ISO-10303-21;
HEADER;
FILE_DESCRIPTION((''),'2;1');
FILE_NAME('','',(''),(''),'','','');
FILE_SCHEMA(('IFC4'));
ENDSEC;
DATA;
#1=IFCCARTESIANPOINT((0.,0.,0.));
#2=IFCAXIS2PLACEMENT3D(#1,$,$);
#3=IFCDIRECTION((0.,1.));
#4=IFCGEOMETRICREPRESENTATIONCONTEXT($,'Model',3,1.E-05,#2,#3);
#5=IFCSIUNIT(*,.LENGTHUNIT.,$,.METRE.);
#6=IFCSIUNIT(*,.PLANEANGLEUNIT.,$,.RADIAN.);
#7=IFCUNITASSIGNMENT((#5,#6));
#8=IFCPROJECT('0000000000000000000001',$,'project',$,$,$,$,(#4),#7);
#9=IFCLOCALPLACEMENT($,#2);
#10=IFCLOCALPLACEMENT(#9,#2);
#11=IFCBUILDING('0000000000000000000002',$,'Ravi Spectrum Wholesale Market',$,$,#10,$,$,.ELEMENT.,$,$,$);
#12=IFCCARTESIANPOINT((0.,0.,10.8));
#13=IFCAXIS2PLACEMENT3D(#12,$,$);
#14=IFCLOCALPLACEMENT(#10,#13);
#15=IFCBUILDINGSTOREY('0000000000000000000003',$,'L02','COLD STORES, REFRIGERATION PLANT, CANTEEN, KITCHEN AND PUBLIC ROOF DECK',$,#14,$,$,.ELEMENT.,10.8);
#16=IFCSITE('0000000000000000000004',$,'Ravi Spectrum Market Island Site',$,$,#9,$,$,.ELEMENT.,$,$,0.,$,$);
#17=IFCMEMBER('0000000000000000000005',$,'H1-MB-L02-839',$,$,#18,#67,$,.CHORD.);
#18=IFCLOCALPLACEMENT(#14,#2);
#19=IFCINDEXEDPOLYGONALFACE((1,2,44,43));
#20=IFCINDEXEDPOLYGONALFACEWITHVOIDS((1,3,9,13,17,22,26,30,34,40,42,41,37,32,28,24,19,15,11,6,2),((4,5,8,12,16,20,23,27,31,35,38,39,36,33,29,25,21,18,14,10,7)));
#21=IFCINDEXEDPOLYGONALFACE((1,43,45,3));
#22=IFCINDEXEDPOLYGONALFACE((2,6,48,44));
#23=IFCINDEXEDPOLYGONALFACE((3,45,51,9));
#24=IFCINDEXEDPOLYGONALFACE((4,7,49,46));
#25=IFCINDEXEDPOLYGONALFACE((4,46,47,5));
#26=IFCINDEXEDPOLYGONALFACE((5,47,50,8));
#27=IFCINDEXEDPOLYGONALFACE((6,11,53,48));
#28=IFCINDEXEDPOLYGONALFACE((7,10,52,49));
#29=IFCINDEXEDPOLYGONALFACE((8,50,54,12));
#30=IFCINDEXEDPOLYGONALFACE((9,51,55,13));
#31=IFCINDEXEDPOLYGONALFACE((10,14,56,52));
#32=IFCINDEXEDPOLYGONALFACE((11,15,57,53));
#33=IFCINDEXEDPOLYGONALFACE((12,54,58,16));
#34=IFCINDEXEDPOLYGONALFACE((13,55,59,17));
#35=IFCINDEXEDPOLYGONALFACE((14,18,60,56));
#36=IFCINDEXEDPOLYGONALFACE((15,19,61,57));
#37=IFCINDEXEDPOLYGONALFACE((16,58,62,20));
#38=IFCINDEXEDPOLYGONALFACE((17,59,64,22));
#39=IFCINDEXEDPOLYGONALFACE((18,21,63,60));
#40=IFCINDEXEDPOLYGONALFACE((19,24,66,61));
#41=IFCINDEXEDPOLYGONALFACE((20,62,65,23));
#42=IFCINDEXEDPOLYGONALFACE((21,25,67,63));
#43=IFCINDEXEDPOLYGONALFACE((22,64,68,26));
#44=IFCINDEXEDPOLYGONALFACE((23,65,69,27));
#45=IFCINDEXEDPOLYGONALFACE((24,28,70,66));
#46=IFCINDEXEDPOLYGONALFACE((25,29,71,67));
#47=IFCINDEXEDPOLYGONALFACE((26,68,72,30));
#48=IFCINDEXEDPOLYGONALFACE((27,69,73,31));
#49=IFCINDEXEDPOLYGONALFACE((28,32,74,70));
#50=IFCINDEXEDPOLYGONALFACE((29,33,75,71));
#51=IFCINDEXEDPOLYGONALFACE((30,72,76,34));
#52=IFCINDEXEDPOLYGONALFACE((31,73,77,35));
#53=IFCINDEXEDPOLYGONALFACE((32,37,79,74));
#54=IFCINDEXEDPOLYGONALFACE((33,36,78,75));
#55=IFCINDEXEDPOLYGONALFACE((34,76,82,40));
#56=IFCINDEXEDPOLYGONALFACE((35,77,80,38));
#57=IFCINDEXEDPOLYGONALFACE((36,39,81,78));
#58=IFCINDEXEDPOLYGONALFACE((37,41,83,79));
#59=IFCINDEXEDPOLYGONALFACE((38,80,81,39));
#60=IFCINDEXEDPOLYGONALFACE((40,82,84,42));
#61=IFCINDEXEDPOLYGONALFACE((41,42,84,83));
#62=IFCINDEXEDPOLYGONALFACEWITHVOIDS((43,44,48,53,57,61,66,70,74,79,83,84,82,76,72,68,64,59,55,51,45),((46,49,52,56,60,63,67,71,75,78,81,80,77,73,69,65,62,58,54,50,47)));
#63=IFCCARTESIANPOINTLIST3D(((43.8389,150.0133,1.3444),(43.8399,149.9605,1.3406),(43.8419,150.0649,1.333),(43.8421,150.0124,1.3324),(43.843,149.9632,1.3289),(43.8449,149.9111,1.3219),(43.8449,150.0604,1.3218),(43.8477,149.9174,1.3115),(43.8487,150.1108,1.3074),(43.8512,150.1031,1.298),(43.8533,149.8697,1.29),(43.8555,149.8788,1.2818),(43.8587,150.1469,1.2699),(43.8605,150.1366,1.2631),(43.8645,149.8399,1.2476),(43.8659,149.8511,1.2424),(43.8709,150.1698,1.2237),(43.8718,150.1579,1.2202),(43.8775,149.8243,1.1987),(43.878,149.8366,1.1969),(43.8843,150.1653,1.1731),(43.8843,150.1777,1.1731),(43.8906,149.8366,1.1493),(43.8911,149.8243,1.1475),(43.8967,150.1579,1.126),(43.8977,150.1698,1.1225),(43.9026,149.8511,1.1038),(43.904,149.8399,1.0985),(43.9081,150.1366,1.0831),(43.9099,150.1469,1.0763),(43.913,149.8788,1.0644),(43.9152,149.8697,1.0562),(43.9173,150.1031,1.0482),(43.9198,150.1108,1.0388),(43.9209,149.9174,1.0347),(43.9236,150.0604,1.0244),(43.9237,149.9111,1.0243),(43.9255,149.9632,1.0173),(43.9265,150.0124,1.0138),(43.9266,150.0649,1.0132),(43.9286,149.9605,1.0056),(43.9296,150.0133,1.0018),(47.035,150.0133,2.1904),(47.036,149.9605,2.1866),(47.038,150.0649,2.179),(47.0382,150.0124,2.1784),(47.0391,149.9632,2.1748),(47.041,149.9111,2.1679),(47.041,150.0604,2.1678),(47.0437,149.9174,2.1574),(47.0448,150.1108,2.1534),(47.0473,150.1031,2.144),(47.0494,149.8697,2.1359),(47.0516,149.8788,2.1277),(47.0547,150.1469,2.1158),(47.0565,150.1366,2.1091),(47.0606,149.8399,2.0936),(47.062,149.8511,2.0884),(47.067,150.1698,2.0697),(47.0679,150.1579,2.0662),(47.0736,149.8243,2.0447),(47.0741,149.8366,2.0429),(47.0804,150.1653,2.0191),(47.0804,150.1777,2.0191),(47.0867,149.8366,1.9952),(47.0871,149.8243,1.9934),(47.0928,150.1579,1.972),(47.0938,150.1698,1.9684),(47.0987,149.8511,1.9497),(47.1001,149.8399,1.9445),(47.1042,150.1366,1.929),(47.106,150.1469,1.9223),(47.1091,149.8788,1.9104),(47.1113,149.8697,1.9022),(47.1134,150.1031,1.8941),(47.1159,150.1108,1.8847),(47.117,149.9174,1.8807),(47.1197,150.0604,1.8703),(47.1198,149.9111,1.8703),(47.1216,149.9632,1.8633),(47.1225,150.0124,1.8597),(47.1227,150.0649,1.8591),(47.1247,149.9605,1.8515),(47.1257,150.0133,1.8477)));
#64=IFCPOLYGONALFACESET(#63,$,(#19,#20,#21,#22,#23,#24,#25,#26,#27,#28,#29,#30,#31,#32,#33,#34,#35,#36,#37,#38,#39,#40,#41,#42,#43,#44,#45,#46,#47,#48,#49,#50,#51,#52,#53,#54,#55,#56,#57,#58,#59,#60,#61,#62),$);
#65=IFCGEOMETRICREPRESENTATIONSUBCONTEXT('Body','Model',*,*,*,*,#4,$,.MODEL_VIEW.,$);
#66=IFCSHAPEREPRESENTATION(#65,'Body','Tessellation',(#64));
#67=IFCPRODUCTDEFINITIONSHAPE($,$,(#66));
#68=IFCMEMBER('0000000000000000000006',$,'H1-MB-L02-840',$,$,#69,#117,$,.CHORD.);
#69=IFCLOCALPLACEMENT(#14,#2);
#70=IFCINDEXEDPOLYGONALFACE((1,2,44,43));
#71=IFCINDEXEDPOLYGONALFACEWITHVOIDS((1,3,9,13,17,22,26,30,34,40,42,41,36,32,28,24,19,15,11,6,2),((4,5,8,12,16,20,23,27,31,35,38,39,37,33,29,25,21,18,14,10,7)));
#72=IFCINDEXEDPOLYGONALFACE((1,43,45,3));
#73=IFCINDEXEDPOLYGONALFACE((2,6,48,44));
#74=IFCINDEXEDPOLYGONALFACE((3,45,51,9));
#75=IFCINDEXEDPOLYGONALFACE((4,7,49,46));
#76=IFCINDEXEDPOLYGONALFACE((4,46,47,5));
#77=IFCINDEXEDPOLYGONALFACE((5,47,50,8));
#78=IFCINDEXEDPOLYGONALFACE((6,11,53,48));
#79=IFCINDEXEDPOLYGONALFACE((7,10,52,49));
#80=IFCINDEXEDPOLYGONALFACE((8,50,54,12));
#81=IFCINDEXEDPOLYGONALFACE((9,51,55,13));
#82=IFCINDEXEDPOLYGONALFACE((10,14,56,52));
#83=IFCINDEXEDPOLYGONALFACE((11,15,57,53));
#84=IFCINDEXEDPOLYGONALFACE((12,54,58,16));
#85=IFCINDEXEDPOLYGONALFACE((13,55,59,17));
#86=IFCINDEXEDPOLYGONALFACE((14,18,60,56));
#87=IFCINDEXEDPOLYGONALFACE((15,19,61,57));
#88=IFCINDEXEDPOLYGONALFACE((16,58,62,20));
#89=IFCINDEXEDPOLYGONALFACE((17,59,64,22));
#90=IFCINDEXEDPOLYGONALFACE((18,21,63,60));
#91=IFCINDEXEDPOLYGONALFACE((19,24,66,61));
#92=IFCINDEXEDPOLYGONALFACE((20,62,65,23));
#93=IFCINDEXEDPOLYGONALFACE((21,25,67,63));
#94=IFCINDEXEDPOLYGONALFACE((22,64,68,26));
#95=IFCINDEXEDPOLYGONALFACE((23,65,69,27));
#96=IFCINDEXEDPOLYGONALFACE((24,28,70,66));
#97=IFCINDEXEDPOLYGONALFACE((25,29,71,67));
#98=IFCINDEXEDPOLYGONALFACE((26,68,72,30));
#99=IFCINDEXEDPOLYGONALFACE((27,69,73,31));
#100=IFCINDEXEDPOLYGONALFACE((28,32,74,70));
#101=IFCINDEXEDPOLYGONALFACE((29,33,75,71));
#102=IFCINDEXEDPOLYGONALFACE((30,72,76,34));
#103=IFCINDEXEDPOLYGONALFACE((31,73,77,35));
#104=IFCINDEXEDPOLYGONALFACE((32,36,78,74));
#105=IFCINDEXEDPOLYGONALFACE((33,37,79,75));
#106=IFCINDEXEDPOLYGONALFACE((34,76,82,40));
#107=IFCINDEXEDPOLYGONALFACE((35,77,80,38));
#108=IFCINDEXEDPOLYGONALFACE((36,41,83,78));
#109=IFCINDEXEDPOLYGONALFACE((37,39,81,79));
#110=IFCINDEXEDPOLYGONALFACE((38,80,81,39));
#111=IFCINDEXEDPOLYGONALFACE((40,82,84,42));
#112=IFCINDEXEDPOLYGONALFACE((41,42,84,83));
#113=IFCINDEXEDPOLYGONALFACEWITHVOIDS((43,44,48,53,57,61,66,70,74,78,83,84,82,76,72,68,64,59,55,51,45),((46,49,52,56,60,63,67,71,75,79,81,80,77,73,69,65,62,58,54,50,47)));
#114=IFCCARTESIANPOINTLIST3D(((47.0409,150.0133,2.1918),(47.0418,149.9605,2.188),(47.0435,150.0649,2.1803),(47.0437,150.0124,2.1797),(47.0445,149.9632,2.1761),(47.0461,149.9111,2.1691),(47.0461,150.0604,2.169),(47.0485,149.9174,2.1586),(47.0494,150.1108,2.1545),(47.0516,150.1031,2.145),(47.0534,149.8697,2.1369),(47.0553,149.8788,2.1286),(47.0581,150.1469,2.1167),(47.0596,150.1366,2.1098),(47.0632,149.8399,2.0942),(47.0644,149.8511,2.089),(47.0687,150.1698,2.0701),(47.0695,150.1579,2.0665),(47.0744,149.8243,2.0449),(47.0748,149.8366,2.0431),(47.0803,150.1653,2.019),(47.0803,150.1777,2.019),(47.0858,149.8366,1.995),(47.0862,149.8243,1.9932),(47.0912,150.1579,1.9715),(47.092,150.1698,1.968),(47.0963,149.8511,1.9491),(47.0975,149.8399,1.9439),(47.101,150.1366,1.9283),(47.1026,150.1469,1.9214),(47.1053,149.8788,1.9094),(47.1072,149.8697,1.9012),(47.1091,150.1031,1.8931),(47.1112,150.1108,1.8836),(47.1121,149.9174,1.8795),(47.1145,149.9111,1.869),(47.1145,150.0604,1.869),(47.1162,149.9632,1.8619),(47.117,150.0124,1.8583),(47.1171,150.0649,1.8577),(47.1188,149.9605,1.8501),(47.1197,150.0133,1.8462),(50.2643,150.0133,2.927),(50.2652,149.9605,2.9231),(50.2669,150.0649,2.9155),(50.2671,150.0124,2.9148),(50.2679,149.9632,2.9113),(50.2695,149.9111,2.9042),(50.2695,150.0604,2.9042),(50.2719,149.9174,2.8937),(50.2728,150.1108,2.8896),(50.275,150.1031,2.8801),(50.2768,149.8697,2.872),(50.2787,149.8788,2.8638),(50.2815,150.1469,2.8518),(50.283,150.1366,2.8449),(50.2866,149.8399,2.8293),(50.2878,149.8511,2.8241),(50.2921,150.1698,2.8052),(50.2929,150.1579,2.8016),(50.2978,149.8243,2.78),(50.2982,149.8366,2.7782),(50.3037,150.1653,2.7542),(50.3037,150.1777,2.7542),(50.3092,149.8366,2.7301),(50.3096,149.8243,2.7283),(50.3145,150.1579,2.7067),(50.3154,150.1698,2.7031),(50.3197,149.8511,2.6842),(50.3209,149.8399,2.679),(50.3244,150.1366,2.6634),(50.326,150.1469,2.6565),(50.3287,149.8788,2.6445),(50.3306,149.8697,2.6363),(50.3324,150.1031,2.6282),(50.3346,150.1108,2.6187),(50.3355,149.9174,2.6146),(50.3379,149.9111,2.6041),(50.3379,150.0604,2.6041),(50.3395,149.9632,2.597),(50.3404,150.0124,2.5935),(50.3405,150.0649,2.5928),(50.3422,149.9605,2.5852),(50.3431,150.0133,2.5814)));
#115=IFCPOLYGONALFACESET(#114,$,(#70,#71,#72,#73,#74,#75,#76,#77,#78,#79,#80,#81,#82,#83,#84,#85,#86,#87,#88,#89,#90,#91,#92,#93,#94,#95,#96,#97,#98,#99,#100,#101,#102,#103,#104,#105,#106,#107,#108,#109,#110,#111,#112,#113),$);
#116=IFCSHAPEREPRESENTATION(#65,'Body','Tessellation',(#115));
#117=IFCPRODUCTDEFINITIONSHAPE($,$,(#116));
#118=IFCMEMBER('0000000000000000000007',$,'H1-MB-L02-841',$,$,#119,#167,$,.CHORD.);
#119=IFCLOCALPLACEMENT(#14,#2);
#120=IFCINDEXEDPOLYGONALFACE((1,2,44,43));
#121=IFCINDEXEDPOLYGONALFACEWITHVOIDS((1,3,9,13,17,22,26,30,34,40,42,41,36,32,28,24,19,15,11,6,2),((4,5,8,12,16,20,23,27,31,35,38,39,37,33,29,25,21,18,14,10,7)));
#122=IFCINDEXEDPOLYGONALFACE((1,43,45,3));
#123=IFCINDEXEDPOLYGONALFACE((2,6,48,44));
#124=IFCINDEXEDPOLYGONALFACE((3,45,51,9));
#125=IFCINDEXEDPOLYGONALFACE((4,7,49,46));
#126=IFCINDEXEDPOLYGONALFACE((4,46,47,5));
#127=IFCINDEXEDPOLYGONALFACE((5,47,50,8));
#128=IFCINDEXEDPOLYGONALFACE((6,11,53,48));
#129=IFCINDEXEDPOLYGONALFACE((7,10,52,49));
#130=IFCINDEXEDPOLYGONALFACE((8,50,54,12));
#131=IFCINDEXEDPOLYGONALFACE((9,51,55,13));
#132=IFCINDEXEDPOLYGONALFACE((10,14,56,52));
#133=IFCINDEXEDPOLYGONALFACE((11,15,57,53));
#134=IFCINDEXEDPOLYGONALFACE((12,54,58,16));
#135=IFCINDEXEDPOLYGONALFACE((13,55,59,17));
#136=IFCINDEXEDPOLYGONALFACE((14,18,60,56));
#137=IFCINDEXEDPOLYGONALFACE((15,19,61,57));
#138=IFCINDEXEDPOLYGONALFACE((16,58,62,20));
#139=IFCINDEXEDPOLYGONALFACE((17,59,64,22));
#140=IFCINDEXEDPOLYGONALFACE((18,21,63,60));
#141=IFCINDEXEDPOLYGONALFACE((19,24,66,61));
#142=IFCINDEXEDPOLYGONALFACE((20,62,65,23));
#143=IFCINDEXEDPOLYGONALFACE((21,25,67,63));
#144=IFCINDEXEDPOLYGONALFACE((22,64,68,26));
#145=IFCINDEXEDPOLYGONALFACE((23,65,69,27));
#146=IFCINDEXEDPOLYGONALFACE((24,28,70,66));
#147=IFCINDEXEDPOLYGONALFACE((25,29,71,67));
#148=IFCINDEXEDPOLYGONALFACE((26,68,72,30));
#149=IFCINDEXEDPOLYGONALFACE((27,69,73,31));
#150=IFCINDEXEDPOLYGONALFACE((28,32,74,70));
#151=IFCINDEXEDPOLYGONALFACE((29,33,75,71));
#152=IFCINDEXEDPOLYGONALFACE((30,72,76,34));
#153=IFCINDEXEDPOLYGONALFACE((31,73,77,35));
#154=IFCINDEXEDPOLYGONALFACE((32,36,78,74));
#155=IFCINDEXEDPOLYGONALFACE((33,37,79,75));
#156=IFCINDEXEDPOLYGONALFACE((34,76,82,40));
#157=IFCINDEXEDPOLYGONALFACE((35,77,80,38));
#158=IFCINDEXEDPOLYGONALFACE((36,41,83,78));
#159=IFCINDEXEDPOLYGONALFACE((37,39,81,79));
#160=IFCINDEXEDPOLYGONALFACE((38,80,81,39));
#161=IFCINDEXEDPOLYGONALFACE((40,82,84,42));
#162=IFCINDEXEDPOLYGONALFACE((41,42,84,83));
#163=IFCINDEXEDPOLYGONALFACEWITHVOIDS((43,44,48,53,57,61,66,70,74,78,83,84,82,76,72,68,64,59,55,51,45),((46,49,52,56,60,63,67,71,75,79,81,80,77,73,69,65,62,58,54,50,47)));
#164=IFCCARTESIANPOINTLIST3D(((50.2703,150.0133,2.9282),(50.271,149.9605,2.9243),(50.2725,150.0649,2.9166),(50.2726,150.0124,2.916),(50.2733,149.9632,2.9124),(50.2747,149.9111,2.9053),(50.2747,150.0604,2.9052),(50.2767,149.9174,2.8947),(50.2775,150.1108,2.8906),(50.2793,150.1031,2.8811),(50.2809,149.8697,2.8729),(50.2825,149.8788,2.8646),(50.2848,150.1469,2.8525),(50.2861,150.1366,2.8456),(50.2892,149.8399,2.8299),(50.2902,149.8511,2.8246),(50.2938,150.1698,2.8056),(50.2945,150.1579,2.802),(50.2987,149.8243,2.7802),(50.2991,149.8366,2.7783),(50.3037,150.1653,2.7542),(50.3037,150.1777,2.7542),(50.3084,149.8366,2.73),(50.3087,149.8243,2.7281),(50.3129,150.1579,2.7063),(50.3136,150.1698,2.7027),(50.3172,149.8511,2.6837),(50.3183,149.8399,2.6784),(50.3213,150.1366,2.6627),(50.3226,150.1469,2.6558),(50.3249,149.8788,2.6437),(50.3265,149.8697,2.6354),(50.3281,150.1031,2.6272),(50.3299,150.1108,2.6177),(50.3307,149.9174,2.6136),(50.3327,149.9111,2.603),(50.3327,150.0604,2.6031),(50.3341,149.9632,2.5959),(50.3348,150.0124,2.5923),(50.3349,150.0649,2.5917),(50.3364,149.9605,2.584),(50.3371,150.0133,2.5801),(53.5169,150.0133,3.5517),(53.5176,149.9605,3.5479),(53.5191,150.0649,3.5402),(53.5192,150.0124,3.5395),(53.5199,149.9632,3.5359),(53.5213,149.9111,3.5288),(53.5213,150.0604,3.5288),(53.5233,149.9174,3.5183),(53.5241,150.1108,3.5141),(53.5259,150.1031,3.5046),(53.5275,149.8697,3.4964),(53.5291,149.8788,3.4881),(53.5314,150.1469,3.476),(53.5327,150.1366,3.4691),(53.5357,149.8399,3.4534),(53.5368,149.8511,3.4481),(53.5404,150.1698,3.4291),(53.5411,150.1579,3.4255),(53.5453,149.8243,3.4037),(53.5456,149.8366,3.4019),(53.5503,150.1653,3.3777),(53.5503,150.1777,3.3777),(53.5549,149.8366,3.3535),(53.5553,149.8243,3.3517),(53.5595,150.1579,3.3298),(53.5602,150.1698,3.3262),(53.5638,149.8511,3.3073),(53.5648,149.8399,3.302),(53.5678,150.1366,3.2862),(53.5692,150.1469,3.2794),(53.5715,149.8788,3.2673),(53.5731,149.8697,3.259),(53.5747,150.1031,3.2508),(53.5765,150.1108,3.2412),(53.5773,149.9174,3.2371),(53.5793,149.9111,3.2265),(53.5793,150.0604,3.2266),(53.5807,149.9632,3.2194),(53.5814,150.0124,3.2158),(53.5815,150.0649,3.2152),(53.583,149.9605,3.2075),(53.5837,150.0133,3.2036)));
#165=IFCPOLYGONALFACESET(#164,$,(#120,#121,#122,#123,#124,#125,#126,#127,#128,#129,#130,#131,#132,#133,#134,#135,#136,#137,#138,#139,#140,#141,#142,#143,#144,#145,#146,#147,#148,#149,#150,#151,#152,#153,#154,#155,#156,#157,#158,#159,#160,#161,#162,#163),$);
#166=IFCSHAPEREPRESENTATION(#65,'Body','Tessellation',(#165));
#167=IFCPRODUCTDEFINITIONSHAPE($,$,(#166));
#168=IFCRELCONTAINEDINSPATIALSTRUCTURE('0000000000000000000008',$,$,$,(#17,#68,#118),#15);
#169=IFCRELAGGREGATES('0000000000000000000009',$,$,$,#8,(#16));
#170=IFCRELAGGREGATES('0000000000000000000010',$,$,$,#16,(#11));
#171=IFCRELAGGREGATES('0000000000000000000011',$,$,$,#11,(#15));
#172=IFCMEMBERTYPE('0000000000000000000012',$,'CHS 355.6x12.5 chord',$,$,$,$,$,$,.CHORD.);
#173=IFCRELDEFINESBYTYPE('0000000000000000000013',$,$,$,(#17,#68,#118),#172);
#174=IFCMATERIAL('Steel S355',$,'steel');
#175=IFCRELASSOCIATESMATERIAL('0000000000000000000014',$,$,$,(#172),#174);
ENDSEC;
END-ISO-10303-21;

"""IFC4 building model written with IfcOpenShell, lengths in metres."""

from ifc_helpers import new_model, si_unit, direction, frame, origin, origin_2d, place, context, subcontext, project, spatial, hollow_circle, extrude, material, material_profile, profile_set, type_object, element, save


model = new_model("IFC4")

# Units and contexts
model_context = context("Model", 3, precision=1e-05, world=origin(), true_north=direction((0.0, 1.0)))
body_context = subcontext(model_context, "Body", "Model", "MODEL_VIEW")
ifc_project = project(units=[si_unit("LENGTHUNIT", "METRE"), si_unit("PLANEANGLEUNIT", "RADIAN")], contexts=[model_context])

# Site, building, storey
site_placement = place(None, origin())
site = spatial("IfcSite", under=ifc_project, at=site_placement, Name="Ravi Spectrum Market Island Site", CompositionType="ELEMENT", RefElevation=0.0)
building_placement = place(site_placement, origin())
building = spatial("IfcBuilding", under=site, at=building_placement, Name="Ravi Spectrum Wholesale Market", CompositionType="ELEMENT")
storey_placement = place(building_placement, frame((0.0, 0.0, 10.8)))
storey = spatial("IfcBuildingStorey", under=building, at=storey_placement, Name="L02", Description="COLD STORES, REFRIGERATION PLANT, CANTEEN, KITCHEN AND PUBLIC ROOF DECK", CompositionType="ELEMENT", Elevation=10.8)

# Members
ifc_material_1 = material(Name="Steel S355", Category="steel")
ifc_material_profile_1 = material_profile(ifc_material_1, hollow_circle(Radius=0.1777, WallThickness=0.0125, at=origin_2d()))
ifc_profile_set_1 = profile_set([ifc_material_profile_1], Name="Steel S355")
member_type_1 = type_object("IfcMemberType", Name="CHS 355.6x12.5 chord", PredefinedType="CHORD", material=ifc_profile_set_1)
for number, where, z_axis, x_axis, name in (
    (1, (43.8843, 150.0, 1.1731), (0.96671, 0.0, 0.255874), (0.0, 1.0, 0.0), "H1-MB-L02-839"),
    (2, (47.0803, 150.0, 2.019), (0.974968, 0.0, 0.222346), (0.0, 1.0, 0.0), "H1-MB-L02-840"),
):
    element("IfcMember", number, at=place(storey_placement, frame(where, z_axis=z_axis, x_axis=x_axis)), inside=storey, type_object=member_type_1, Name=name, PredefinedType="CHORD", context=body_context, shape_type="SweptSolid", body=[
        extrude(hollow_circle(Radius=0.1777, WallThickness=0.0125, at=origin_2d()), origin(), (0.0, 0.0, 1.0), 3.3062),
    ])
member_1_placement = place(storey_placement, frame((50.3037, 150.0, 2.7542), z_axis=(0.982052, 0.0, 0.188612), x_axis=(0.0, 1.0, 0.0)))
element("IfcMember", 3, at=member_1_placement, inside=storey, type_object=member_type_1, Name="H1-MB-L02-841", PredefinedType="CHORD", context=body_context, shape_type="SweptSolid", body=[
    extrude(hollow_circle(Radius=0.1777, WallThickness=0.0125, at=origin_2d()), origin(), (0.0, 0.0, 1.0), 3.3059),
])

save(model, "model.ifc")
